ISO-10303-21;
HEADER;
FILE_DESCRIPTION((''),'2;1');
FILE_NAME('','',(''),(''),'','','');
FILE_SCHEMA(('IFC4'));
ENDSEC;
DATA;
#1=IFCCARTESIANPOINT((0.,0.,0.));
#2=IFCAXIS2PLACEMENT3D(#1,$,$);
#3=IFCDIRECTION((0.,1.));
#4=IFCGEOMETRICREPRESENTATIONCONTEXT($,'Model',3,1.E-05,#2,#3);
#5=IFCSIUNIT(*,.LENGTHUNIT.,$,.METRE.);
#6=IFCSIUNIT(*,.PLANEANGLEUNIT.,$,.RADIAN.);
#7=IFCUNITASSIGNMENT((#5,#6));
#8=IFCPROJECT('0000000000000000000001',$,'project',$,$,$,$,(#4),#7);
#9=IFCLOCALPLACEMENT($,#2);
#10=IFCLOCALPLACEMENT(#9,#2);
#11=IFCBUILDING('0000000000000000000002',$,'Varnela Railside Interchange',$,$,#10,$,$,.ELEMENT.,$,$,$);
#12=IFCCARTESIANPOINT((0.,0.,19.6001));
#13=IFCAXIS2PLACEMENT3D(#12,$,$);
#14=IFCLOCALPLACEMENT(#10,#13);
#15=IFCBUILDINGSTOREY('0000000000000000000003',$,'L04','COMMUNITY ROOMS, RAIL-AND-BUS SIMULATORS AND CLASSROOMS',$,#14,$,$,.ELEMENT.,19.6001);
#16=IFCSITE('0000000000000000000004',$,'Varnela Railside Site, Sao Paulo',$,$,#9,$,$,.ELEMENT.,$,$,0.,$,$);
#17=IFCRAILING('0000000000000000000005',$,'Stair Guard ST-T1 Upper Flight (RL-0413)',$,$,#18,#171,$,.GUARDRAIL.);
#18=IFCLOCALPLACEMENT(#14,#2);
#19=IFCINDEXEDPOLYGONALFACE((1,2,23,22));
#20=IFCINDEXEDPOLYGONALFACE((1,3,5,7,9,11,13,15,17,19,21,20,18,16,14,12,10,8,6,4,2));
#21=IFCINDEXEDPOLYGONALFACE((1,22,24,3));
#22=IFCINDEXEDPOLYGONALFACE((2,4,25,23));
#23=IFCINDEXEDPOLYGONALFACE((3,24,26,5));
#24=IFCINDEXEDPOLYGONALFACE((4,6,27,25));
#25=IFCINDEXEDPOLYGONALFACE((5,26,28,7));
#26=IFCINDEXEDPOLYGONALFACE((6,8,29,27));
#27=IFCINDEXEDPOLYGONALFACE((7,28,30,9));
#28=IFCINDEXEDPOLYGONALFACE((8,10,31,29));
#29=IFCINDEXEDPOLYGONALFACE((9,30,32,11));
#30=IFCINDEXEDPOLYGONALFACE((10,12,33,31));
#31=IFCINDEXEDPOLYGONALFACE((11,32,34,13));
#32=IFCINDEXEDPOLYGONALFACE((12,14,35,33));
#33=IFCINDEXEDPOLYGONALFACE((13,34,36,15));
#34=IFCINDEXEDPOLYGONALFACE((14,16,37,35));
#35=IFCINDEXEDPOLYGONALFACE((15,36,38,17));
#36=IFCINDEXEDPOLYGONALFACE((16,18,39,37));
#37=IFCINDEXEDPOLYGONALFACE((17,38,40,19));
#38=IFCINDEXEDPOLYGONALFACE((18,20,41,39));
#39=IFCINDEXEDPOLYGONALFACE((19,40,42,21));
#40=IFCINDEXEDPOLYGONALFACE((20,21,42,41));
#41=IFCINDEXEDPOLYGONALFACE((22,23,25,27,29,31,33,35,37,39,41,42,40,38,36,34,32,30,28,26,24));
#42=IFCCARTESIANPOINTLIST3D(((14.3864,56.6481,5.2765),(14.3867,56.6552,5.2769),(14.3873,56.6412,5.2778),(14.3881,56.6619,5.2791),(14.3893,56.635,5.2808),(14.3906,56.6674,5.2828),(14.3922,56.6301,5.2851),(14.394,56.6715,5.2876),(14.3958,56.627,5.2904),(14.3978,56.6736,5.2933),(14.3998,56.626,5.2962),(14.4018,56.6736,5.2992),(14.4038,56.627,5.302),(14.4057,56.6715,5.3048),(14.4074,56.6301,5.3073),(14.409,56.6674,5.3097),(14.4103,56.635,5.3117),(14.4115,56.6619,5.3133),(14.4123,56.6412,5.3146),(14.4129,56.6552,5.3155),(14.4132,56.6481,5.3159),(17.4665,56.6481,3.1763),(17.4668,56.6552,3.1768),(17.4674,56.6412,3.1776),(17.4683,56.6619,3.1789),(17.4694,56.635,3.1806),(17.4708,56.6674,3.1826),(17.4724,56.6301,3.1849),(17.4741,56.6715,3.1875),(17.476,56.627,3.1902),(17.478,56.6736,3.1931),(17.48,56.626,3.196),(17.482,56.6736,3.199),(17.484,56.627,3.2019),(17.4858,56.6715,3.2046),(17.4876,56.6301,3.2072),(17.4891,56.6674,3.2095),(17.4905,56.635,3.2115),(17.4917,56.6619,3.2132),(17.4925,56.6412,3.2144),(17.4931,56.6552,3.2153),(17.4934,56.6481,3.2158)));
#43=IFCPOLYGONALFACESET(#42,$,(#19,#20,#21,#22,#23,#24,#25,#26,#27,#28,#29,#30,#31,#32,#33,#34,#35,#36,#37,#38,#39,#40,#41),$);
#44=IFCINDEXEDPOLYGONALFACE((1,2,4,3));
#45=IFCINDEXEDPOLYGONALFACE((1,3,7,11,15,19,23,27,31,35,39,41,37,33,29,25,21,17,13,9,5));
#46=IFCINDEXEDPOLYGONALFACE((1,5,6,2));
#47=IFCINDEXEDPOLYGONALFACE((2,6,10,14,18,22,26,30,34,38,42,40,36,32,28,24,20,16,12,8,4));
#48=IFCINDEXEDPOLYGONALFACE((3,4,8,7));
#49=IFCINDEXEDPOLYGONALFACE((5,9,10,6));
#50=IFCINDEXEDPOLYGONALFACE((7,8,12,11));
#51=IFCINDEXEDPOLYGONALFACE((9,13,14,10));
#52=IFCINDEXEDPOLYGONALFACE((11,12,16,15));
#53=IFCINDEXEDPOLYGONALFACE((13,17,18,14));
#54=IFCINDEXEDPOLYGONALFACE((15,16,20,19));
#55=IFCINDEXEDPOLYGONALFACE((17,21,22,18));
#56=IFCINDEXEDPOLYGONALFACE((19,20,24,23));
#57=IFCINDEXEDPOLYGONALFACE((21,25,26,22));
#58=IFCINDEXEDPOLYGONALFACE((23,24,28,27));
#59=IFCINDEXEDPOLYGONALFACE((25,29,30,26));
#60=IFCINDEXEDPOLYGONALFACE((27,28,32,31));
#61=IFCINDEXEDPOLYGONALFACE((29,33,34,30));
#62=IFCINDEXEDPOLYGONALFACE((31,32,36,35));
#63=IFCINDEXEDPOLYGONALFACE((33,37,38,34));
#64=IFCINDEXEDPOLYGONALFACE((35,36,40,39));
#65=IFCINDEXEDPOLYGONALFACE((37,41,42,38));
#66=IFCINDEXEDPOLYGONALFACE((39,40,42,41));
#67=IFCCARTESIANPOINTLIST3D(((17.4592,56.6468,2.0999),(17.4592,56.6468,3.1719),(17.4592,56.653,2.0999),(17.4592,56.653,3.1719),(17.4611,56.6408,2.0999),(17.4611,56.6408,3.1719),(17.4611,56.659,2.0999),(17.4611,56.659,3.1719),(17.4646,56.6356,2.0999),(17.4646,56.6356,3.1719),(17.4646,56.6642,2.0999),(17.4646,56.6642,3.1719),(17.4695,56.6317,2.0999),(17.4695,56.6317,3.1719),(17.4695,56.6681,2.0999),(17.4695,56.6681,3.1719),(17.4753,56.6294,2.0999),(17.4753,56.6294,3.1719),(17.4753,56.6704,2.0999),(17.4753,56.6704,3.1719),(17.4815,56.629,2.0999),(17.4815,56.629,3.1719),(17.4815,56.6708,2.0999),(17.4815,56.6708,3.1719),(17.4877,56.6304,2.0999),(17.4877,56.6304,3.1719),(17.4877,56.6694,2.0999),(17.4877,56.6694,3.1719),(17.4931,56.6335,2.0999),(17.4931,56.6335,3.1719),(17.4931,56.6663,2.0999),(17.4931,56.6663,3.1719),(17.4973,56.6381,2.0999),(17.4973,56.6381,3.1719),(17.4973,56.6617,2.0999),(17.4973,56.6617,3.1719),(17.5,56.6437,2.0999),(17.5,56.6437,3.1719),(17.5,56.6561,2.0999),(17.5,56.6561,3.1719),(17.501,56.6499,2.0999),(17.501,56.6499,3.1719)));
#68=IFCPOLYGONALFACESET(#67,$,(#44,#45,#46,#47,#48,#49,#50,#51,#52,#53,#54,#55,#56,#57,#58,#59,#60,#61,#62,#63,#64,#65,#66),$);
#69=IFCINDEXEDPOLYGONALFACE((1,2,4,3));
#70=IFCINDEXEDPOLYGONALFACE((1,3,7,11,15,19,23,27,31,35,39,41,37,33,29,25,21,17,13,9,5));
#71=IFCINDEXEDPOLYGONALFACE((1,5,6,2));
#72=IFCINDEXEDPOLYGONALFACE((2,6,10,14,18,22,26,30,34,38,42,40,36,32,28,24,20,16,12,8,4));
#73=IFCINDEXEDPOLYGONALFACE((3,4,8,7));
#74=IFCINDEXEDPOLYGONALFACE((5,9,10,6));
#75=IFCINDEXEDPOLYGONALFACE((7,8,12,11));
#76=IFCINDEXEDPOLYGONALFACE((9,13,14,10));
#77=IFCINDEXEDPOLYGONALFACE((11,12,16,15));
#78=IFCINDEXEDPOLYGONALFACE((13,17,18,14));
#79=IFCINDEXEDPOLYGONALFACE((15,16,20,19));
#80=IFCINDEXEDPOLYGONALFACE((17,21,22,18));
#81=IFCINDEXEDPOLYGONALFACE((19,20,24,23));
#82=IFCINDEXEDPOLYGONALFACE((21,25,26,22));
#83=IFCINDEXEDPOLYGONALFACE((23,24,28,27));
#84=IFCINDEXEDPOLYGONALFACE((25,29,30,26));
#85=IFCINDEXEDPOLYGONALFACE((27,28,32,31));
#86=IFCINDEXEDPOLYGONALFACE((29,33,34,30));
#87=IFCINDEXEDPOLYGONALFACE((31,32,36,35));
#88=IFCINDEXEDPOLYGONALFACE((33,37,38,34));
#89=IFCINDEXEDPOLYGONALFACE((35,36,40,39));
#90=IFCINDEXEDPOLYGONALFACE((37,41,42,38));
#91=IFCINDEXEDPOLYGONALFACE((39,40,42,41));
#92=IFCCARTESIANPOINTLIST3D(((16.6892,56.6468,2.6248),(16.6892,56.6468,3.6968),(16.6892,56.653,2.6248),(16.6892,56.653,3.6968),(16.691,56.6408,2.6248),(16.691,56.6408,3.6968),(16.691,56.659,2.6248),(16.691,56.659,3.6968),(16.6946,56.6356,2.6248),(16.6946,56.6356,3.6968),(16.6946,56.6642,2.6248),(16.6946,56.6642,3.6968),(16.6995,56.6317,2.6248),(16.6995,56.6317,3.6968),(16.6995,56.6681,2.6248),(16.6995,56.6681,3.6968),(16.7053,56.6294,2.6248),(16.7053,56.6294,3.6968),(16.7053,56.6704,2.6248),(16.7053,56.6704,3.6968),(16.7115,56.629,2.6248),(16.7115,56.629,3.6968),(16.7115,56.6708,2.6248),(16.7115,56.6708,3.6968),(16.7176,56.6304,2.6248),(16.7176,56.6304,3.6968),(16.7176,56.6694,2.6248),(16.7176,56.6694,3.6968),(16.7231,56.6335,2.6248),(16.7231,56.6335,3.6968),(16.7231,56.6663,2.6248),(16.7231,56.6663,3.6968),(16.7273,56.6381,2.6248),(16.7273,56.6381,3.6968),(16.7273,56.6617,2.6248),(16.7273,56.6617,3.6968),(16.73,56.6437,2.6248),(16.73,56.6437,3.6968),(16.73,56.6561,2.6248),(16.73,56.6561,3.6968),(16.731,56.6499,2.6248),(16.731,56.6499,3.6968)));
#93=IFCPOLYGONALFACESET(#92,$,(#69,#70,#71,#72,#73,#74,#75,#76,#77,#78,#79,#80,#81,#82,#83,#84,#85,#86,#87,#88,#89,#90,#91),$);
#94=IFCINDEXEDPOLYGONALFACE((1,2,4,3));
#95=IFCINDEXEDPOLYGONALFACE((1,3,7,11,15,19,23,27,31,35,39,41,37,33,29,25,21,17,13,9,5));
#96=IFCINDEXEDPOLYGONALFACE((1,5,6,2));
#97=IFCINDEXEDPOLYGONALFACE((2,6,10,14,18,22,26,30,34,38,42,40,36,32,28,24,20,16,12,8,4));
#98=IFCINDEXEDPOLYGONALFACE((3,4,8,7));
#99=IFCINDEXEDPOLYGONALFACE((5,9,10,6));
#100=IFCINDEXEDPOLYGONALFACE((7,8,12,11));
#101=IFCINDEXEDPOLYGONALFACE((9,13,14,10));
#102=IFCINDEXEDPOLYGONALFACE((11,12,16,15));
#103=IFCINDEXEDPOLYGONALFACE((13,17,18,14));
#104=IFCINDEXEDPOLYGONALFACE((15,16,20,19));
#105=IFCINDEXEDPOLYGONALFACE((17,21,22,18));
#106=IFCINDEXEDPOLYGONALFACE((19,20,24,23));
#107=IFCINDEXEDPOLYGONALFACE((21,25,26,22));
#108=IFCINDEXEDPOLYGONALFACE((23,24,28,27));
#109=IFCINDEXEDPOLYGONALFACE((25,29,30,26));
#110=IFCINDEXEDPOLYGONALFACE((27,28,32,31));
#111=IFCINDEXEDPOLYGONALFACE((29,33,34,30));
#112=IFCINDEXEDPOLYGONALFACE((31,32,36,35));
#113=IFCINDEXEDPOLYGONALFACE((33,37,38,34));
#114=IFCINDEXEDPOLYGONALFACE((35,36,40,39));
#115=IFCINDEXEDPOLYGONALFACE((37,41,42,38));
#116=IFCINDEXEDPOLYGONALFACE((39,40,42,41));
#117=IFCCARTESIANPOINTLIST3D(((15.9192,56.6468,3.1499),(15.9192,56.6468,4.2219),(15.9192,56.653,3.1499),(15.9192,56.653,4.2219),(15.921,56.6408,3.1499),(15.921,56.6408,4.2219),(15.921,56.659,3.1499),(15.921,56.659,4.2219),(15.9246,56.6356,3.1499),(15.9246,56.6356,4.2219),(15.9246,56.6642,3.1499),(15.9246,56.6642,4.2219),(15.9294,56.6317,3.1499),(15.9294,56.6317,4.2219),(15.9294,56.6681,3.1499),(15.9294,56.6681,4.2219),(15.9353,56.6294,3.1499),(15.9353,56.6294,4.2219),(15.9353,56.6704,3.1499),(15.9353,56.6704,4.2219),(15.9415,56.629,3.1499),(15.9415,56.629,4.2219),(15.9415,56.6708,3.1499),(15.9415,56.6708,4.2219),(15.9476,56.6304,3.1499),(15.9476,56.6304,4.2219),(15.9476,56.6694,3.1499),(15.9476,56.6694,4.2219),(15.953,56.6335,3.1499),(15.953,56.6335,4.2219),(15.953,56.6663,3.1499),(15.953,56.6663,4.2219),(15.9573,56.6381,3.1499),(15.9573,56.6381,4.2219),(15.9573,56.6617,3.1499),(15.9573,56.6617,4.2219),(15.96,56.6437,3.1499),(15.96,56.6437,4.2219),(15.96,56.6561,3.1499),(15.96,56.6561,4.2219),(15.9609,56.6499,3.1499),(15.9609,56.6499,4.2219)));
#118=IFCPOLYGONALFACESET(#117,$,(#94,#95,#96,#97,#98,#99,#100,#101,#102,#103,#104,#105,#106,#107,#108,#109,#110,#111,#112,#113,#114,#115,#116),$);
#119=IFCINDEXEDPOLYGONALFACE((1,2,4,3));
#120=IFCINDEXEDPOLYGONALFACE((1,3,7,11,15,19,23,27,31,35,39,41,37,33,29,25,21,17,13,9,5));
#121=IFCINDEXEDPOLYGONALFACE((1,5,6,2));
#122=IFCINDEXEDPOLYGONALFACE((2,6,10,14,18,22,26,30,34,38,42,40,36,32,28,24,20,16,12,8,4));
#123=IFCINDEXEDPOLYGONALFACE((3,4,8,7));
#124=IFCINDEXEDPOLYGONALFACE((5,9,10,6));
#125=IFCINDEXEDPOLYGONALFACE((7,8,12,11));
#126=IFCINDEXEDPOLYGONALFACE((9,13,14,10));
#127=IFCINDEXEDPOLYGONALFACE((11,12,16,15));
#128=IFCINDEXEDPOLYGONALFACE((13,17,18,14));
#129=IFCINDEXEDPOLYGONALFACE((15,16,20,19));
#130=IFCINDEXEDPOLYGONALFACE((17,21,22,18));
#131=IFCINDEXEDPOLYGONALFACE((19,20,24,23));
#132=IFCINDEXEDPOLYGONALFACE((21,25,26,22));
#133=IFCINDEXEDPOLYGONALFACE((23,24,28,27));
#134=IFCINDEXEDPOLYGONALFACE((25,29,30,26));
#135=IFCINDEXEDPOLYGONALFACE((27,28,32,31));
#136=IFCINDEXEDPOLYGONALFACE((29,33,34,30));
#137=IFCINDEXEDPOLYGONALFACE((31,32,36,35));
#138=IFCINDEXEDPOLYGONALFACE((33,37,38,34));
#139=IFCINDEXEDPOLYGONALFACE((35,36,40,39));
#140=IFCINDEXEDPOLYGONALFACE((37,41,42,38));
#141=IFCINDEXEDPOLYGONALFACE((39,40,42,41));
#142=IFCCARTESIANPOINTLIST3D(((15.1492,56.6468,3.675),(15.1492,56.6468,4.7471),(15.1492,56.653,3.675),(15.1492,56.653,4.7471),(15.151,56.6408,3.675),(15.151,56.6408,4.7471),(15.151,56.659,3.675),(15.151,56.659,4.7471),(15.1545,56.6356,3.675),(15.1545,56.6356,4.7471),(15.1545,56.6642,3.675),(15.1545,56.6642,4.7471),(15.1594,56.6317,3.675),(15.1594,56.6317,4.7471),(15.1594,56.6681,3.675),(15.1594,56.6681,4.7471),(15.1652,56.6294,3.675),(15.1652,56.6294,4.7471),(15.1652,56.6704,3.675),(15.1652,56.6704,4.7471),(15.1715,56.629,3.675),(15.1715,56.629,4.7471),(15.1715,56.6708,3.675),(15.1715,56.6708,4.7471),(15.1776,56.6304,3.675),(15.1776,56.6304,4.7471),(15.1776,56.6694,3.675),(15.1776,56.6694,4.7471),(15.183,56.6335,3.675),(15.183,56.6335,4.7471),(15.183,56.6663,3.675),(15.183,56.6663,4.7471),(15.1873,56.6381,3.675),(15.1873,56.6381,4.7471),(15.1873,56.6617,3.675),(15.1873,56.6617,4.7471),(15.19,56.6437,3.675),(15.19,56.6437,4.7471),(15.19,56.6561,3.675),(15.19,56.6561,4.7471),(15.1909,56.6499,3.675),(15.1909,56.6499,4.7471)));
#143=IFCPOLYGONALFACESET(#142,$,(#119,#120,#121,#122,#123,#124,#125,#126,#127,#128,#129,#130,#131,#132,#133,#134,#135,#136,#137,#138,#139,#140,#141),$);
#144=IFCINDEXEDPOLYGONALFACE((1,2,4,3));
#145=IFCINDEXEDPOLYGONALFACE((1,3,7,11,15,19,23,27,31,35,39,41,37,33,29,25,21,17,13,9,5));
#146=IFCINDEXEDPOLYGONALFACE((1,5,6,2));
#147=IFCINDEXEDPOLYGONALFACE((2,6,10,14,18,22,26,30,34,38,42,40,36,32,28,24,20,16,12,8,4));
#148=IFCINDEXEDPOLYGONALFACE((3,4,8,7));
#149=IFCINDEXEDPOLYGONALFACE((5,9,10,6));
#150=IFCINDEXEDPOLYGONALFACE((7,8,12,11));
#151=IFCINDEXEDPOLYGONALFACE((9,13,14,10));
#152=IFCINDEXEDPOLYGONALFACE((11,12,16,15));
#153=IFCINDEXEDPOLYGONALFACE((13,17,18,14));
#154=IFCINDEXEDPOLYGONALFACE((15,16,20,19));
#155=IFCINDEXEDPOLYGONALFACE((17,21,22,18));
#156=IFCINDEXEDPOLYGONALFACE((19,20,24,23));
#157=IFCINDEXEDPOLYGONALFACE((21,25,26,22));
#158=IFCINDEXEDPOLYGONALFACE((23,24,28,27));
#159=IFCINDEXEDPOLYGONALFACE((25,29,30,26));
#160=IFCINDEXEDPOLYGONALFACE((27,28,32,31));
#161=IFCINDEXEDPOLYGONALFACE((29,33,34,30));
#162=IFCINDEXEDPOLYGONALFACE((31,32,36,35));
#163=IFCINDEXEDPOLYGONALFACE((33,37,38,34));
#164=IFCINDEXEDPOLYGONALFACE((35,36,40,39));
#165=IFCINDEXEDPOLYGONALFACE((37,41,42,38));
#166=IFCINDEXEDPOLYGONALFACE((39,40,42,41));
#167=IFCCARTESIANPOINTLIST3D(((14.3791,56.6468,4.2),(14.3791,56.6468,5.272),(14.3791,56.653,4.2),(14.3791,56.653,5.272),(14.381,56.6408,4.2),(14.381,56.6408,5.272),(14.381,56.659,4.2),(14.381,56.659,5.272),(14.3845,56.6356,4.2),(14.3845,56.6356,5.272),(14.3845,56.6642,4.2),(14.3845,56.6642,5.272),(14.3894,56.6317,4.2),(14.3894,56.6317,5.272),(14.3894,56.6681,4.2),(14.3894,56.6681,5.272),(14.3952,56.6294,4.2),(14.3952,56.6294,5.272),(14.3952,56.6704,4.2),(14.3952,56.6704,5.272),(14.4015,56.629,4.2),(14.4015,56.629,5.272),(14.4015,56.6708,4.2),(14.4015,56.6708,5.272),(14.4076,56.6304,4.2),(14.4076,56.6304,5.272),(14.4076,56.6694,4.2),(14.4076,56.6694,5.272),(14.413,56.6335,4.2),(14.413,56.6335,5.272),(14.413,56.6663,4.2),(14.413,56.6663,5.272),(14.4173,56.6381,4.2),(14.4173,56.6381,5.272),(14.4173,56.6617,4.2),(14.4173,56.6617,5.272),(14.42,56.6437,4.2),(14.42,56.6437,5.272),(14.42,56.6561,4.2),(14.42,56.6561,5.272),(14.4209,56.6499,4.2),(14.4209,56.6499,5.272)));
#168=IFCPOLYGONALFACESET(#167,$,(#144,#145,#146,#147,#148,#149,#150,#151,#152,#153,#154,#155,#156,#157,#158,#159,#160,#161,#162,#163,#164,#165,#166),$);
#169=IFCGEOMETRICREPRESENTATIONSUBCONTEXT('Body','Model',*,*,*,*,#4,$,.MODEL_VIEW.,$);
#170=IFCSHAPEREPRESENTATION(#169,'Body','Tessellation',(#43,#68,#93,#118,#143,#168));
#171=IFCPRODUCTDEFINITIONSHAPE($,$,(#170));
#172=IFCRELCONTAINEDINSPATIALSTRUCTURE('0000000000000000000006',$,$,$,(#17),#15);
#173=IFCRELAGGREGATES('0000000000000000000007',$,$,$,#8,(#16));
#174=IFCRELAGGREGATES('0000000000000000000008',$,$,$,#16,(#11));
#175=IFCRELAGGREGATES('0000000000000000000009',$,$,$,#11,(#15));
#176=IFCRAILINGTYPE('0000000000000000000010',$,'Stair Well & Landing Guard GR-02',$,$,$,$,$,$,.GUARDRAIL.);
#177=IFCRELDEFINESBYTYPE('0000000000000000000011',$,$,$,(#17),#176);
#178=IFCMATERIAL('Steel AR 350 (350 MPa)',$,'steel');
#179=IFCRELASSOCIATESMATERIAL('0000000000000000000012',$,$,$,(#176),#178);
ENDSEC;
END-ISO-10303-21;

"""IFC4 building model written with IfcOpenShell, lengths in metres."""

from ifc_helpers import new_model, si_unit, direction, frame, origin, origin_2d, place, context, subcontext, project, spatial, circle, extrude, material, type_object, element, save


model = new_model("IFC4")

# Units and contexts
model_context = context("Model", 3, precision=1e-05, world=origin(), true_north=direction((0.0, 1.0)))
body_context = subcontext(model_context, "Body", "Model", "MODEL_VIEW")
ifc_project = project(units=[si_unit("LENGTHUNIT", "METRE"), si_unit("PLANEANGLEUNIT", "RADIAN")], contexts=[model_context])

# Site, building, storey
site_placement = place(None, origin())
site = spatial("IfcSite", under=ifc_project, at=site_placement, Name="Varnela Railside Site, Sao Paulo", CompositionType="ELEMENT", RefElevation=0.0)
building_placement = place(site_placement, origin())
building = spatial("IfcBuilding", under=site, at=building_placement, Name="Varnela Railside Interchange", CompositionType="ELEMENT")
storey_placement = place(building_placement, frame((0.0, 0.0, 19.6001)))
storey = spatial("IfcBuildingStorey", under=building, at=storey_placement, Name="L04", Description="COMMUNITY ROOMS, RAIL-AND-BUS SIMULATORS AND CLASSROOMS", CompositionType="ELEMENT", Elevation=19.6001)

# Shared definitions
ifc_material_1 = material(Name="Steel AR 350 (350 MPa)", Category="steel")

# Railing
railing_type_1 = type_object("IfcRailingType", Name="Stair Well & Landing Guard GR-02", PredefinedType="GUARDRAIL", material=ifc_material_1)
railing_1_placement = place(storey_placement, frame((17.48, 56.6499, 2.0999)))
element("IfcRailing", 1, at=railing_1_placement, inside=storey, type_object=railing_type_1, Name="Stair Guard ST-T1 Upper Flight (RL-0413)", PredefinedType="GUARDRAIL", context=body_context, shape_type="SweptSolid", body=[
    extrude(circle(Radius=0.0239, at=origin_2d()), frame((0.0, 0.0, 1.0962), z_axis=(-0.826222, 0.0, 0.563345), x_axis=(0.0, -1.0, 0.0)), (0.0, 0.0, 1.0), 3.728),
    extrude(circle(Radius=0.021, at=origin_2d()), origin(), (0.0, 0.0, 1.0), 1.072),
    extrude(circle(Radius=0.021, at=origin_2d()), frame((-0.77, 0.0, 0.5249)), (0.0, 0.0, 1.0), 1.072),
    extrude(circle(Radius=0.021, at=origin_2d()), frame((-1.54, 0.0, 1.05)), (0.0, 0.0, 1.0), 1.072),
    extrude(circle(Radius=0.021, at=origin_2d()), frame((-2.3101, 0.0, 1.5752)), (0.0, 0.0, 1.0), 1.072),
    extrude(circle(Radius=0.021, at=origin_2d()), frame((-3.0801, 0.0, 2.1001)), (0.0, 0.0, 1.0), 1.072),
])

save(model, "model.ifc")
